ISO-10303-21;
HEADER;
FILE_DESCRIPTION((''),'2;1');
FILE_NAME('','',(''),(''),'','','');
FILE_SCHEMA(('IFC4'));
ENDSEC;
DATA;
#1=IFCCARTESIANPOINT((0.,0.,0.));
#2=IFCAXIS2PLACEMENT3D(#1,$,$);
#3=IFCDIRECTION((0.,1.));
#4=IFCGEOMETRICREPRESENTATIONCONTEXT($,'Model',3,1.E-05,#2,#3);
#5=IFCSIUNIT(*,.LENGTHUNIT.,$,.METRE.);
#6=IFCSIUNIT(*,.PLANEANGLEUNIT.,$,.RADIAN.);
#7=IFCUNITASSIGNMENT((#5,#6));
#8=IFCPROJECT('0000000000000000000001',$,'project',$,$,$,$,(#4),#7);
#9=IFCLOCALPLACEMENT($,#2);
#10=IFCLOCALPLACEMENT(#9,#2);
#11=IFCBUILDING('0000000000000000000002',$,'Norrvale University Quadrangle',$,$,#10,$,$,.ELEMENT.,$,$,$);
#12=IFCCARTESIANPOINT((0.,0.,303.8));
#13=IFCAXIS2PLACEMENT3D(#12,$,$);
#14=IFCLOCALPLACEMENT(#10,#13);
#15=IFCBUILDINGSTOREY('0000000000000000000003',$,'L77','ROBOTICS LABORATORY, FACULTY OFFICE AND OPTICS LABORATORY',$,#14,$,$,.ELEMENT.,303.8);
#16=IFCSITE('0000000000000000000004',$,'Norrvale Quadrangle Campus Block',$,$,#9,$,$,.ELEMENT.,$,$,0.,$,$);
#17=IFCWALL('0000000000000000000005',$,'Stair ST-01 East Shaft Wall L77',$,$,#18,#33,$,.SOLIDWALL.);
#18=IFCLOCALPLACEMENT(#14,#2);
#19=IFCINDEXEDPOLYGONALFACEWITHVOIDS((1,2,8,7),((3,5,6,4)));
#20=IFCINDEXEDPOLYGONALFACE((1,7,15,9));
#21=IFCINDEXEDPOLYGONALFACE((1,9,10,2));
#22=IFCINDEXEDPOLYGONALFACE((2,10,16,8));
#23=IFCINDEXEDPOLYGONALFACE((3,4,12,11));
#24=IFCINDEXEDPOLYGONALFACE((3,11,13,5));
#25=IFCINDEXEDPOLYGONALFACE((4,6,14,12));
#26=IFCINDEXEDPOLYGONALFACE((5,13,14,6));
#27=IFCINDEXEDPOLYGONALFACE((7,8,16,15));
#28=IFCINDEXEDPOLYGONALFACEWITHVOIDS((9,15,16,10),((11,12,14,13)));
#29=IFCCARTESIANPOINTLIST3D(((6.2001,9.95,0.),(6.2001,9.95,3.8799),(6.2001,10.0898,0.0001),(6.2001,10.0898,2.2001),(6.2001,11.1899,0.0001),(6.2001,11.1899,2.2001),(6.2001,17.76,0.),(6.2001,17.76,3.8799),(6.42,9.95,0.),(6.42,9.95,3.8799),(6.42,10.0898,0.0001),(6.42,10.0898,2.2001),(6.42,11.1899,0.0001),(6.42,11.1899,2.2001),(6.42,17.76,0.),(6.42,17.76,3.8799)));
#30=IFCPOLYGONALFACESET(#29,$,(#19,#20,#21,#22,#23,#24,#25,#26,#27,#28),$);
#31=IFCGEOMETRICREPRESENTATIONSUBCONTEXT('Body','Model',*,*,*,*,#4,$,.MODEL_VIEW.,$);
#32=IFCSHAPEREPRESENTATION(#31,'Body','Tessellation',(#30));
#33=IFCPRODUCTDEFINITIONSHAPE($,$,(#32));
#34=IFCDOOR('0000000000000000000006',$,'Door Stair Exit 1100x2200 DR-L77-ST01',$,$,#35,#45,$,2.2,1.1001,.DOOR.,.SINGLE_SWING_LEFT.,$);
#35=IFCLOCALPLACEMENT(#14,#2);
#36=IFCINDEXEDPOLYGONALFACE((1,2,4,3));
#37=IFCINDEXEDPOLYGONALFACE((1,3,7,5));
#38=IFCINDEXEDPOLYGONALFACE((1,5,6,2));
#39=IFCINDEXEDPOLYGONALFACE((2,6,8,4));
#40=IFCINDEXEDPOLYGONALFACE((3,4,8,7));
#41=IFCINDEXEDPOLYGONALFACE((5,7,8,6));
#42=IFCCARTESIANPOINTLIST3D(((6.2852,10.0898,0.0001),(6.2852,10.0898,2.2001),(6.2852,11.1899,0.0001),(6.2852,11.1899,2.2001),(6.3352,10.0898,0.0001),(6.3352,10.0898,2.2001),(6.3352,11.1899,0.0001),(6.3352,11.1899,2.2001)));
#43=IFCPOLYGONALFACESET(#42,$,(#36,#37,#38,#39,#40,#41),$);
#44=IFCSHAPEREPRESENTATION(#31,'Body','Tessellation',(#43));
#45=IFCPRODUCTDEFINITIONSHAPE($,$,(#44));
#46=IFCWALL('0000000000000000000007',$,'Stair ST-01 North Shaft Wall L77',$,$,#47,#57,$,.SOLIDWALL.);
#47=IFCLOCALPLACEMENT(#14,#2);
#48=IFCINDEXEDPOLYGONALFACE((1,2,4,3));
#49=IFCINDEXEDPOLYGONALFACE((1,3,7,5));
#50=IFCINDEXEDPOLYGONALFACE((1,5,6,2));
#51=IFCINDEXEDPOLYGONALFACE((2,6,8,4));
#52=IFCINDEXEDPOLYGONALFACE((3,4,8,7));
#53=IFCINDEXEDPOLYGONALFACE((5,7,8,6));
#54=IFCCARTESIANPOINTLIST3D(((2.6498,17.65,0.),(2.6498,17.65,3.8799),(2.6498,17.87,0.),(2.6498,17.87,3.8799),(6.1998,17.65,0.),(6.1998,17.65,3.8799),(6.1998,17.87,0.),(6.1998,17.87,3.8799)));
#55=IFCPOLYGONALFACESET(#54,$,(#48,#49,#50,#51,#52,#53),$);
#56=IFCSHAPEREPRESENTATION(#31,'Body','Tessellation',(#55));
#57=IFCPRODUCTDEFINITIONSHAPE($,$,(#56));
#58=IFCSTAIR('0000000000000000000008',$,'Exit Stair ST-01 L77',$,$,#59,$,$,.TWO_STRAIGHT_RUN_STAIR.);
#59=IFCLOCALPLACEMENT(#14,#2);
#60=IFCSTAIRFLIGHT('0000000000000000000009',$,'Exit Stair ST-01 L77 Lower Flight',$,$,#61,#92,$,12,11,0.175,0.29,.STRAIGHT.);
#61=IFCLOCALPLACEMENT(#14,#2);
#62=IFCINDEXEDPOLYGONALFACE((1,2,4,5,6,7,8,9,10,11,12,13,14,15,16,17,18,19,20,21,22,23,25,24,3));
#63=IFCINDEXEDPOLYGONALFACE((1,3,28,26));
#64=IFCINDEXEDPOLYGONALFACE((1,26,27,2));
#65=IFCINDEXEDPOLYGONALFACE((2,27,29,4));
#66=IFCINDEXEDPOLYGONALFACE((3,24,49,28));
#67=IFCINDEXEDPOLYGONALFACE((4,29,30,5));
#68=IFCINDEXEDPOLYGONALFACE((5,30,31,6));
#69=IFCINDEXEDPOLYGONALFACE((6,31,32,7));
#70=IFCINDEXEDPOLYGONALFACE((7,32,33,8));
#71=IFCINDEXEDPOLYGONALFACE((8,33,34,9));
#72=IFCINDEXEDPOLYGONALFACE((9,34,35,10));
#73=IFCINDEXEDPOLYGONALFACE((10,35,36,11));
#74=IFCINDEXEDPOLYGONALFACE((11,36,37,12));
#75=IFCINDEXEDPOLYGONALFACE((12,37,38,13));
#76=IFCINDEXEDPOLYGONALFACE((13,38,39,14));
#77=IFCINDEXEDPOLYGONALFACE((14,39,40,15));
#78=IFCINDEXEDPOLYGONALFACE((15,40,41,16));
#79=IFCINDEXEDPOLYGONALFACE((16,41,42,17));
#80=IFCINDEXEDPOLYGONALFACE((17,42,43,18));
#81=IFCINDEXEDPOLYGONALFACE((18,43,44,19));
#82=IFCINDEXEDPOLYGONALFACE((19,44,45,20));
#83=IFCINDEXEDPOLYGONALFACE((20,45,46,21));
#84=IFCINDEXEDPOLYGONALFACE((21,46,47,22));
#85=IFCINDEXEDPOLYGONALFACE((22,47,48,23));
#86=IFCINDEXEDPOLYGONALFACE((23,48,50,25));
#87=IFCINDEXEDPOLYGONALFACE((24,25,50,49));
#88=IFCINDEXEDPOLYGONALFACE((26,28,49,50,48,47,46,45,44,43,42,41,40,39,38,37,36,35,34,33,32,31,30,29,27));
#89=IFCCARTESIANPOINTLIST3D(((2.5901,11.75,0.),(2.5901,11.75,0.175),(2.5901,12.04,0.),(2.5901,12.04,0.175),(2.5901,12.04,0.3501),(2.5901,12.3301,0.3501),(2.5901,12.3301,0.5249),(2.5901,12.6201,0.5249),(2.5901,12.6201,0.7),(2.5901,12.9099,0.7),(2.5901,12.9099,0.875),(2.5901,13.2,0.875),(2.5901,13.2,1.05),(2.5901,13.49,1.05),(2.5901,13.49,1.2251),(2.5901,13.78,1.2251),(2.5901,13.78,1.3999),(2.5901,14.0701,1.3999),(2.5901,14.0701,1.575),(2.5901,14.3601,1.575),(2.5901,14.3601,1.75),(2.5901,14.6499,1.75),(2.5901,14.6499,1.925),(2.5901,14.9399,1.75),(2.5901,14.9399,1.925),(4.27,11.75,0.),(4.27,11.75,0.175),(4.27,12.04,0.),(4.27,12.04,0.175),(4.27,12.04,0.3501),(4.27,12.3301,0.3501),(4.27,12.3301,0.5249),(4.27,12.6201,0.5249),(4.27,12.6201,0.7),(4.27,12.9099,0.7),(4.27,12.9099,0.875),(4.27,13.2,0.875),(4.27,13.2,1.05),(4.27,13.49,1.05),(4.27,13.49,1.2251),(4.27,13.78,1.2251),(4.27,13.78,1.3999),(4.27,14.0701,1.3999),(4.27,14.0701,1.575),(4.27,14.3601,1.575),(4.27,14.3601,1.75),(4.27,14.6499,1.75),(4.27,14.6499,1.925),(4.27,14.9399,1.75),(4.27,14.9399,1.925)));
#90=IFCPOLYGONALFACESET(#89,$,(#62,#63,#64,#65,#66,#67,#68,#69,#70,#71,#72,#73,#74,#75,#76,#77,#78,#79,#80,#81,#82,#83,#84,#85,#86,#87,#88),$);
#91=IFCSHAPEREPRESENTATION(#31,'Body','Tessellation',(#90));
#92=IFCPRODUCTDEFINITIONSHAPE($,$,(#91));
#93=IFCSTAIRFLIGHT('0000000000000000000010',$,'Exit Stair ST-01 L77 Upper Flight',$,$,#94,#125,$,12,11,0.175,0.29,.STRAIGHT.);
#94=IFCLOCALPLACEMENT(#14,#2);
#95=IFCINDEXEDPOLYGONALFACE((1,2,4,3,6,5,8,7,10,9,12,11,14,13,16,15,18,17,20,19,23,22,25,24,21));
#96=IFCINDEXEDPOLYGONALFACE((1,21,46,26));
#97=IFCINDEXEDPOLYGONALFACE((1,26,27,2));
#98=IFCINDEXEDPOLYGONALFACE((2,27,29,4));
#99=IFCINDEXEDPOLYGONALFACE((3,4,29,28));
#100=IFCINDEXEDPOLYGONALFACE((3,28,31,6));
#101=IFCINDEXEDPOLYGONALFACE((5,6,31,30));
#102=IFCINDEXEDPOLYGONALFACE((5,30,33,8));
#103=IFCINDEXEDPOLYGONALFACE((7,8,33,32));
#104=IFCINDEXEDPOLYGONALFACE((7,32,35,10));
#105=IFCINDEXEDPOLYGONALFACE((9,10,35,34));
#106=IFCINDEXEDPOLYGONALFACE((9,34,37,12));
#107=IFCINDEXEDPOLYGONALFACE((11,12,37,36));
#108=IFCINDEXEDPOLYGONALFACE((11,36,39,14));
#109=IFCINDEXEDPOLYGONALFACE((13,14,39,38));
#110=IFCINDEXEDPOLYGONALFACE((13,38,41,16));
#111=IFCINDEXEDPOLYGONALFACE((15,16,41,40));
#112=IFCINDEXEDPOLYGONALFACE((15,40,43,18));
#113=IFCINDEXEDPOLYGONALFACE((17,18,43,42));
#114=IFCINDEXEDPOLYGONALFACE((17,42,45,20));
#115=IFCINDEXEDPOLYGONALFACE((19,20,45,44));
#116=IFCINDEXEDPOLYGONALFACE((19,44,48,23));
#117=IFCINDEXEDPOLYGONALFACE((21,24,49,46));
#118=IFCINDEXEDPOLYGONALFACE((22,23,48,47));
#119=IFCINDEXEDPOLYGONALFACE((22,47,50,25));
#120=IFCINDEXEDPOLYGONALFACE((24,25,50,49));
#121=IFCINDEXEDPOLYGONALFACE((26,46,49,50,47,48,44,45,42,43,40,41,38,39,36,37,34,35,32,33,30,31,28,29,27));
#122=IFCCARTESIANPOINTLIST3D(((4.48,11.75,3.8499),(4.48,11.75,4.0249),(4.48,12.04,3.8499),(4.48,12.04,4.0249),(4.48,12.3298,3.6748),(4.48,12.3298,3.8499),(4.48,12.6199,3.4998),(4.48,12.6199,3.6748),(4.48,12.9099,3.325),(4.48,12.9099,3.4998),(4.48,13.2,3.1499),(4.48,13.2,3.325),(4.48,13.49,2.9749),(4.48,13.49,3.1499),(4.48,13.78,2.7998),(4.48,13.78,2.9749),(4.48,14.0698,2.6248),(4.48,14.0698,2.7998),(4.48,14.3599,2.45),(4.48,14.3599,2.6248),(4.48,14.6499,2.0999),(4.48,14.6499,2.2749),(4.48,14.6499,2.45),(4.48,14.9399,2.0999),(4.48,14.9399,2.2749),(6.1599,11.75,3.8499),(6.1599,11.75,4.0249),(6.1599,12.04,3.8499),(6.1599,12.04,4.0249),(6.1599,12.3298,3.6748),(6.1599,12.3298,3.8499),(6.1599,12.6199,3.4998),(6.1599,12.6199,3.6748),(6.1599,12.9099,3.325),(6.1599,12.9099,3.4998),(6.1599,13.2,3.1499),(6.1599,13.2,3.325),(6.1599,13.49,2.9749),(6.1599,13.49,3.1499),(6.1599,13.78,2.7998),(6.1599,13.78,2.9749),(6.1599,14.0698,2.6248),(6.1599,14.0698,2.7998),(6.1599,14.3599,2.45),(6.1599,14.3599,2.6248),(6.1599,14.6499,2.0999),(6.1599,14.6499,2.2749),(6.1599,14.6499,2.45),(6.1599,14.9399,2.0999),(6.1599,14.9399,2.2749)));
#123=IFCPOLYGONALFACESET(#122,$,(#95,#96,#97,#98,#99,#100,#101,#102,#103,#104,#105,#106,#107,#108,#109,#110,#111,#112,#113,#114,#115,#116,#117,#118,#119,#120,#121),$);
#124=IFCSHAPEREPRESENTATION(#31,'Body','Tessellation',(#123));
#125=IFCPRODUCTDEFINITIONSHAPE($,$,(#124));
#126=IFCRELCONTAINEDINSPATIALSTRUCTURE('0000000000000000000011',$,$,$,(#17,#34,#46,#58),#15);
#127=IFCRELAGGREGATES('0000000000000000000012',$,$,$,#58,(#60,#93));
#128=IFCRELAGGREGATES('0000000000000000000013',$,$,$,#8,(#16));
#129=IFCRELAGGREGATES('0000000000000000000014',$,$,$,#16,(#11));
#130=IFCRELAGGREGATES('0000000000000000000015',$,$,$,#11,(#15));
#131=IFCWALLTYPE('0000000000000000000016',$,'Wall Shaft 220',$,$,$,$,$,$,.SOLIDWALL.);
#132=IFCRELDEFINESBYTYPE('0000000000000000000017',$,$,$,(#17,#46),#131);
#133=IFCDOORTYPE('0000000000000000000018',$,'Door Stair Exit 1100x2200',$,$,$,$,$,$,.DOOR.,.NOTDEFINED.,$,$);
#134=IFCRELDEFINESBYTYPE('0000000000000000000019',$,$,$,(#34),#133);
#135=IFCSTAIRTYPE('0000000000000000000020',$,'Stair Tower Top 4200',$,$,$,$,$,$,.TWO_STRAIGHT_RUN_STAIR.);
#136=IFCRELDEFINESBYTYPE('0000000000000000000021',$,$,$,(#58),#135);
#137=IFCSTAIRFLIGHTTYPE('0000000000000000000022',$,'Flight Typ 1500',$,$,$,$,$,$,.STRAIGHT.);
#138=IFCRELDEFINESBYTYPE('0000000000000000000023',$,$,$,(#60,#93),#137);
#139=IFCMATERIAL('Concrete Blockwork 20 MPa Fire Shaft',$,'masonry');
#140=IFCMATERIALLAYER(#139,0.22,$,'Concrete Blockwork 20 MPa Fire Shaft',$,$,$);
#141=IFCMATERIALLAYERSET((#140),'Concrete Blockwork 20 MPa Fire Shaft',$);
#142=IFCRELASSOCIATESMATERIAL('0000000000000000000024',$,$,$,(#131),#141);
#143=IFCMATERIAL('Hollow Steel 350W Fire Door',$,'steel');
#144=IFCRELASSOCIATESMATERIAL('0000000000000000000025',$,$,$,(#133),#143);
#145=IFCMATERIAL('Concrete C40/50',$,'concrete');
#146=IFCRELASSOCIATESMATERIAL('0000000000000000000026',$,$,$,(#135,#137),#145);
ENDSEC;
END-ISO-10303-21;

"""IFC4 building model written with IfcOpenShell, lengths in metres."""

from ifc_helpers import new_model, si_unit, direction, frame, frame_2d, origin, place, context, subcontext, project, spatial, polyline, rectangle, outline, extrude, material, layer, layer_set, type_object, element, fill, aggregate, save


model = new_model("IFC4")

# Units and contexts
model_context = context("Model", 3, precision=1e-05, world=origin(), true_north=direction((0.0, 1.0)))
body_context = subcontext(model_context, "Body", "Model", "MODEL_VIEW")
ifc_project = project(units=[si_unit("LENGTHUNIT", "METRE"), si_unit("PLANEANGLEUNIT", "RADIAN")], contexts=[model_context])

# Site, building, storey
site_placement = place(None, origin())
site = spatial("IfcSite", under=ifc_project, at=site_placement, Name="Norrvale Quadrangle Campus Block", CompositionType="ELEMENT", RefElevation=0.0)
building_placement = place(site_placement, origin())
building = spatial("IfcBuilding", under=site, at=building_placement, Name="Norrvale University Quadrangle", CompositionType="ELEMENT")
storey_placement = place(building_placement, frame((0.0, 0.0, 303.8)))
storey = spatial("IfcBuildingStorey", under=building, at=storey_placement, Name="L77", Description="ROBOTICS LABORATORY, FACULTY OFFICE AND OPTICS LABORATORY", CompositionType="ELEMENT", Elevation=303.8)

# Wall, opening, door
ifc_material_1 = material(Name="Concrete Blockwork 20 MPa Fire Shaft", Category="masonry")
ifc_layer = layer(ifc_material_1, 0.22, Name="Concrete Blockwork 20 MPa Fire Shaft")
ifc_layer_set = layer_set([ifc_layer], Name="Concrete Blockwork 20 MPa Fire Shaft")
wall_type = type_object("IfcWallType", Name="Wall Shaft 220", PredefinedType="SOLIDWALL", material=ifc_layer_set)
wall_1_placement = place(storey_placement, frame((6.3101, 9.95, 0.0), z_axis=(0.0, 0.0, 1.0), x_axis=(0.0, 1.0, 0.0)))
wall_1 = element("IfcWall", 1, at=wall_1_placement, inside=storey, type_object=wall_type, Name="Stair ST-01 East Shaft Wall L77", PredefinedType="SOLIDWALL", context=body_context, shape_type="SweptSolid", body=[
    extrude(rectangle(XDim=7.8101, YDim=0.22, at=frame_2d((3.905, 0.0))), origin(), (0.0, 0.0, 1.0), 3.8799),
])
opening_placement = place(wall_1_placement, frame((0.1399, 0.0, 0.0)))
opening = element("IfcOpeningElement", 2, at=opening_placement, cuts=wall_1, PredefinedType="OPENING", context=body_context, shape_type="SweptSolid", body=[
    extrude(rectangle(XDim=1.1001, YDim=2.2, at=frame_2d((0.55, 1.1001))), frame((0.0, 0.1221, 0.0), z_axis=(0.0, -1.0, 0.0), x_axis=(1.0, 0.0, 0.0)), (0.0, 0.0, 1.0), 0.2439),
])
ifc_material_2 = material(Name="Hollow Steel 350W Fire Door", Category="steel")
door_type = type_object("IfcDoorType", Name="Door Stair Exit 1100x2200", OperationType="NOTDEFINED", PredefinedType="DOOR", material=ifc_material_2)
door_placement = place(opening_placement, origin())
door = element("IfcDoor", 3, at=door_placement, inside=storey, type_object=door_type, Name="Door Stair Exit 1100x2200 DR-L77-ST01", OperationType="SINGLE_SWING_LEFT", OverallHeight=2.2, OverallWidth=1.1001, PredefinedType="DOOR", context=body_context, shape_type="SweptSolid", body=[
    extrude(rectangle(XDim=1.1001, YDim=2.2, at=frame_2d((0.55, 1.1001))), frame((0.0, 0.0249, 0.0), z_axis=(0.0, -1.0, 0.0), x_axis=(1.0, 0.0, 0.0)), (0.0, 0.0, 1.0), 0.05),
])
fill(opening, door)

# Wall
wall_2_placement = place(storey_placement, frame((2.6499, 17.76, 0.0), z_axis=(0.0, 0.0, 1.0), x_axis=(1.0, 0.0, 0.0)))
element("IfcWall", 4, at=wall_2_placement, inside=storey, type_object=wall_type, Name="Stair ST-01 North Shaft Wall L77", PredefinedType="SOLIDWALL", context=body_context, shape_type="SweptSolid", body=[
    extrude(rectangle(XDim=3.55, YDim=0.22, at=frame_2d((1.7749, 0.0))), origin(), (0.0, 0.0, 1.0), 3.8799),
])

# Stair, stair flights
ifc_material_3 = material(Name="Concrete C40/50", Category="concrete")
stair_type = type_object("IfcStairType", Name="Stair Tower Top 4200", PredefinedType="TWO_STRAIGHT_RUN_STAIR", material=ifc_material_3)
stair_placement = place(storey_placement, origin())
stair = element("IfcStair", 5, at=stair_placement, inside=storey, type_object=stair_type, Name="Exit Stair ST-01 L77", PredefinedType="TWO_STRAIGHT_RUN_STAIR")
stair_flight_type = type_object("IfcStairFlightType", Name="Flight Typ 1500", PredefinedType="STRAIGHT", material=ifc_material_3)
stair_flight_1_placement = place(storey_placement, frame((3.4299, 11.75, 0.0), z_axis=(0.0, 0.0, 1.0), x_axis=(0.0, 1.0, 0.0)))
stair_flight_1 = element("IfcStairFlight", 6, at=stair_flight_1_placement, type_object=stair_flight_type, Name="Exit Stair ST-01 L77 Lower Flight", NumberOfRisers=12, NumberOfTreads=11, PredefinedType="STRAIGHT", RiserHeight=0.175, TreadLength=0.29, context=body_context, shape_type="SweptSolid", body=[
    extrude(outline(polyline([(0.0, 0.0), (0.0, 0.175), (0.29, 0.175), (0.29, 0.3501), (0.5801, 0.3501), (0.5801, 0.5249), (0.8701, 0.5249), (0.8701, 0.7), (1.1599, 0.7), (1.1599, 0.875), (1.45, 0.875), (1.45, 1.05), (1.74, 1.05), (1.74, 1.2251), (2.03, 1.2251), (2.03, 1.3999), (2.3201, 1.3999), (2.3201, 1.575), (2.6101, 1.575), (2.6101, 1.75), (2.8999, 1.75), (2.8999, 1.925), (3.1899, 1.925), (3.1899, 2.1001), (3.1899, 1.75), (0.29, 0.0), (0.0, 0.0)])), frame((0.0, 0.8398, 0.0), z_axis=(0.0, -1.0, 0.0), x_axis=(1.0, 0.0, 0.0)), (0.0, 0.0, 1.0), 1.6799),
])
stair_flight_2_placement = place(storey_placement, frame((5.3201, 14.9399, 2.0999), z_axis=(0.0, 0.0, 1.0), x_axis=(0.0, -1.0, 0.0)))
stair_flight_2 = element("IfcStairFlight", 7, at=stair_flight_2_placement, type_object=stair_flight_type, Name="Exit Stair ST-01 L77 Upper Flight", NumberOfRisers=12, NumberOfTreads=11, PredefinedType="STRAIGHT", RiserHeight=0.175, TreadLength=0.29, context=body_context, shape_type="SweptSolid", body=[
    extrude(outline(polyline([(0.0, 0.0), (0.0, 0.175), (0.29, 0.175), (0.29, 0.3501), (0.5801, 0.3501), (0.5801, 0.5249), (0.8701, 0.5249), (0.8701, 0.7), (1.1599, 0.7), (1.1599, 0.875), (1.45, 0.875), (1.45, 1.05), (1.74, 1.05), (1.74, 1.2251), (2.03, 1.2251), (2.03, 1.3999), (2.3201, 1.3999), (2.3201, 1.575), (2.6101, 1.575), (2.6101, 1.75), (2.8999, 1.75), (2.8999, 1.925), (3.1899, 1.925), (3.1899, 2.1001), (3.1899, 1.75), (0.29, 0.0), (0.0, 0.0)])), frame((0.0, 0.8398, 0.0), z_axis=(0.0, -1.0, 0.0), x_axis=(1.0, 0.0, 0.0)), (0.0, 0.0, 1.0), 1.6799),
])
aggregate(stair, [stair_flight_1, stair_flight_2])

save(model, "model.ifc")
